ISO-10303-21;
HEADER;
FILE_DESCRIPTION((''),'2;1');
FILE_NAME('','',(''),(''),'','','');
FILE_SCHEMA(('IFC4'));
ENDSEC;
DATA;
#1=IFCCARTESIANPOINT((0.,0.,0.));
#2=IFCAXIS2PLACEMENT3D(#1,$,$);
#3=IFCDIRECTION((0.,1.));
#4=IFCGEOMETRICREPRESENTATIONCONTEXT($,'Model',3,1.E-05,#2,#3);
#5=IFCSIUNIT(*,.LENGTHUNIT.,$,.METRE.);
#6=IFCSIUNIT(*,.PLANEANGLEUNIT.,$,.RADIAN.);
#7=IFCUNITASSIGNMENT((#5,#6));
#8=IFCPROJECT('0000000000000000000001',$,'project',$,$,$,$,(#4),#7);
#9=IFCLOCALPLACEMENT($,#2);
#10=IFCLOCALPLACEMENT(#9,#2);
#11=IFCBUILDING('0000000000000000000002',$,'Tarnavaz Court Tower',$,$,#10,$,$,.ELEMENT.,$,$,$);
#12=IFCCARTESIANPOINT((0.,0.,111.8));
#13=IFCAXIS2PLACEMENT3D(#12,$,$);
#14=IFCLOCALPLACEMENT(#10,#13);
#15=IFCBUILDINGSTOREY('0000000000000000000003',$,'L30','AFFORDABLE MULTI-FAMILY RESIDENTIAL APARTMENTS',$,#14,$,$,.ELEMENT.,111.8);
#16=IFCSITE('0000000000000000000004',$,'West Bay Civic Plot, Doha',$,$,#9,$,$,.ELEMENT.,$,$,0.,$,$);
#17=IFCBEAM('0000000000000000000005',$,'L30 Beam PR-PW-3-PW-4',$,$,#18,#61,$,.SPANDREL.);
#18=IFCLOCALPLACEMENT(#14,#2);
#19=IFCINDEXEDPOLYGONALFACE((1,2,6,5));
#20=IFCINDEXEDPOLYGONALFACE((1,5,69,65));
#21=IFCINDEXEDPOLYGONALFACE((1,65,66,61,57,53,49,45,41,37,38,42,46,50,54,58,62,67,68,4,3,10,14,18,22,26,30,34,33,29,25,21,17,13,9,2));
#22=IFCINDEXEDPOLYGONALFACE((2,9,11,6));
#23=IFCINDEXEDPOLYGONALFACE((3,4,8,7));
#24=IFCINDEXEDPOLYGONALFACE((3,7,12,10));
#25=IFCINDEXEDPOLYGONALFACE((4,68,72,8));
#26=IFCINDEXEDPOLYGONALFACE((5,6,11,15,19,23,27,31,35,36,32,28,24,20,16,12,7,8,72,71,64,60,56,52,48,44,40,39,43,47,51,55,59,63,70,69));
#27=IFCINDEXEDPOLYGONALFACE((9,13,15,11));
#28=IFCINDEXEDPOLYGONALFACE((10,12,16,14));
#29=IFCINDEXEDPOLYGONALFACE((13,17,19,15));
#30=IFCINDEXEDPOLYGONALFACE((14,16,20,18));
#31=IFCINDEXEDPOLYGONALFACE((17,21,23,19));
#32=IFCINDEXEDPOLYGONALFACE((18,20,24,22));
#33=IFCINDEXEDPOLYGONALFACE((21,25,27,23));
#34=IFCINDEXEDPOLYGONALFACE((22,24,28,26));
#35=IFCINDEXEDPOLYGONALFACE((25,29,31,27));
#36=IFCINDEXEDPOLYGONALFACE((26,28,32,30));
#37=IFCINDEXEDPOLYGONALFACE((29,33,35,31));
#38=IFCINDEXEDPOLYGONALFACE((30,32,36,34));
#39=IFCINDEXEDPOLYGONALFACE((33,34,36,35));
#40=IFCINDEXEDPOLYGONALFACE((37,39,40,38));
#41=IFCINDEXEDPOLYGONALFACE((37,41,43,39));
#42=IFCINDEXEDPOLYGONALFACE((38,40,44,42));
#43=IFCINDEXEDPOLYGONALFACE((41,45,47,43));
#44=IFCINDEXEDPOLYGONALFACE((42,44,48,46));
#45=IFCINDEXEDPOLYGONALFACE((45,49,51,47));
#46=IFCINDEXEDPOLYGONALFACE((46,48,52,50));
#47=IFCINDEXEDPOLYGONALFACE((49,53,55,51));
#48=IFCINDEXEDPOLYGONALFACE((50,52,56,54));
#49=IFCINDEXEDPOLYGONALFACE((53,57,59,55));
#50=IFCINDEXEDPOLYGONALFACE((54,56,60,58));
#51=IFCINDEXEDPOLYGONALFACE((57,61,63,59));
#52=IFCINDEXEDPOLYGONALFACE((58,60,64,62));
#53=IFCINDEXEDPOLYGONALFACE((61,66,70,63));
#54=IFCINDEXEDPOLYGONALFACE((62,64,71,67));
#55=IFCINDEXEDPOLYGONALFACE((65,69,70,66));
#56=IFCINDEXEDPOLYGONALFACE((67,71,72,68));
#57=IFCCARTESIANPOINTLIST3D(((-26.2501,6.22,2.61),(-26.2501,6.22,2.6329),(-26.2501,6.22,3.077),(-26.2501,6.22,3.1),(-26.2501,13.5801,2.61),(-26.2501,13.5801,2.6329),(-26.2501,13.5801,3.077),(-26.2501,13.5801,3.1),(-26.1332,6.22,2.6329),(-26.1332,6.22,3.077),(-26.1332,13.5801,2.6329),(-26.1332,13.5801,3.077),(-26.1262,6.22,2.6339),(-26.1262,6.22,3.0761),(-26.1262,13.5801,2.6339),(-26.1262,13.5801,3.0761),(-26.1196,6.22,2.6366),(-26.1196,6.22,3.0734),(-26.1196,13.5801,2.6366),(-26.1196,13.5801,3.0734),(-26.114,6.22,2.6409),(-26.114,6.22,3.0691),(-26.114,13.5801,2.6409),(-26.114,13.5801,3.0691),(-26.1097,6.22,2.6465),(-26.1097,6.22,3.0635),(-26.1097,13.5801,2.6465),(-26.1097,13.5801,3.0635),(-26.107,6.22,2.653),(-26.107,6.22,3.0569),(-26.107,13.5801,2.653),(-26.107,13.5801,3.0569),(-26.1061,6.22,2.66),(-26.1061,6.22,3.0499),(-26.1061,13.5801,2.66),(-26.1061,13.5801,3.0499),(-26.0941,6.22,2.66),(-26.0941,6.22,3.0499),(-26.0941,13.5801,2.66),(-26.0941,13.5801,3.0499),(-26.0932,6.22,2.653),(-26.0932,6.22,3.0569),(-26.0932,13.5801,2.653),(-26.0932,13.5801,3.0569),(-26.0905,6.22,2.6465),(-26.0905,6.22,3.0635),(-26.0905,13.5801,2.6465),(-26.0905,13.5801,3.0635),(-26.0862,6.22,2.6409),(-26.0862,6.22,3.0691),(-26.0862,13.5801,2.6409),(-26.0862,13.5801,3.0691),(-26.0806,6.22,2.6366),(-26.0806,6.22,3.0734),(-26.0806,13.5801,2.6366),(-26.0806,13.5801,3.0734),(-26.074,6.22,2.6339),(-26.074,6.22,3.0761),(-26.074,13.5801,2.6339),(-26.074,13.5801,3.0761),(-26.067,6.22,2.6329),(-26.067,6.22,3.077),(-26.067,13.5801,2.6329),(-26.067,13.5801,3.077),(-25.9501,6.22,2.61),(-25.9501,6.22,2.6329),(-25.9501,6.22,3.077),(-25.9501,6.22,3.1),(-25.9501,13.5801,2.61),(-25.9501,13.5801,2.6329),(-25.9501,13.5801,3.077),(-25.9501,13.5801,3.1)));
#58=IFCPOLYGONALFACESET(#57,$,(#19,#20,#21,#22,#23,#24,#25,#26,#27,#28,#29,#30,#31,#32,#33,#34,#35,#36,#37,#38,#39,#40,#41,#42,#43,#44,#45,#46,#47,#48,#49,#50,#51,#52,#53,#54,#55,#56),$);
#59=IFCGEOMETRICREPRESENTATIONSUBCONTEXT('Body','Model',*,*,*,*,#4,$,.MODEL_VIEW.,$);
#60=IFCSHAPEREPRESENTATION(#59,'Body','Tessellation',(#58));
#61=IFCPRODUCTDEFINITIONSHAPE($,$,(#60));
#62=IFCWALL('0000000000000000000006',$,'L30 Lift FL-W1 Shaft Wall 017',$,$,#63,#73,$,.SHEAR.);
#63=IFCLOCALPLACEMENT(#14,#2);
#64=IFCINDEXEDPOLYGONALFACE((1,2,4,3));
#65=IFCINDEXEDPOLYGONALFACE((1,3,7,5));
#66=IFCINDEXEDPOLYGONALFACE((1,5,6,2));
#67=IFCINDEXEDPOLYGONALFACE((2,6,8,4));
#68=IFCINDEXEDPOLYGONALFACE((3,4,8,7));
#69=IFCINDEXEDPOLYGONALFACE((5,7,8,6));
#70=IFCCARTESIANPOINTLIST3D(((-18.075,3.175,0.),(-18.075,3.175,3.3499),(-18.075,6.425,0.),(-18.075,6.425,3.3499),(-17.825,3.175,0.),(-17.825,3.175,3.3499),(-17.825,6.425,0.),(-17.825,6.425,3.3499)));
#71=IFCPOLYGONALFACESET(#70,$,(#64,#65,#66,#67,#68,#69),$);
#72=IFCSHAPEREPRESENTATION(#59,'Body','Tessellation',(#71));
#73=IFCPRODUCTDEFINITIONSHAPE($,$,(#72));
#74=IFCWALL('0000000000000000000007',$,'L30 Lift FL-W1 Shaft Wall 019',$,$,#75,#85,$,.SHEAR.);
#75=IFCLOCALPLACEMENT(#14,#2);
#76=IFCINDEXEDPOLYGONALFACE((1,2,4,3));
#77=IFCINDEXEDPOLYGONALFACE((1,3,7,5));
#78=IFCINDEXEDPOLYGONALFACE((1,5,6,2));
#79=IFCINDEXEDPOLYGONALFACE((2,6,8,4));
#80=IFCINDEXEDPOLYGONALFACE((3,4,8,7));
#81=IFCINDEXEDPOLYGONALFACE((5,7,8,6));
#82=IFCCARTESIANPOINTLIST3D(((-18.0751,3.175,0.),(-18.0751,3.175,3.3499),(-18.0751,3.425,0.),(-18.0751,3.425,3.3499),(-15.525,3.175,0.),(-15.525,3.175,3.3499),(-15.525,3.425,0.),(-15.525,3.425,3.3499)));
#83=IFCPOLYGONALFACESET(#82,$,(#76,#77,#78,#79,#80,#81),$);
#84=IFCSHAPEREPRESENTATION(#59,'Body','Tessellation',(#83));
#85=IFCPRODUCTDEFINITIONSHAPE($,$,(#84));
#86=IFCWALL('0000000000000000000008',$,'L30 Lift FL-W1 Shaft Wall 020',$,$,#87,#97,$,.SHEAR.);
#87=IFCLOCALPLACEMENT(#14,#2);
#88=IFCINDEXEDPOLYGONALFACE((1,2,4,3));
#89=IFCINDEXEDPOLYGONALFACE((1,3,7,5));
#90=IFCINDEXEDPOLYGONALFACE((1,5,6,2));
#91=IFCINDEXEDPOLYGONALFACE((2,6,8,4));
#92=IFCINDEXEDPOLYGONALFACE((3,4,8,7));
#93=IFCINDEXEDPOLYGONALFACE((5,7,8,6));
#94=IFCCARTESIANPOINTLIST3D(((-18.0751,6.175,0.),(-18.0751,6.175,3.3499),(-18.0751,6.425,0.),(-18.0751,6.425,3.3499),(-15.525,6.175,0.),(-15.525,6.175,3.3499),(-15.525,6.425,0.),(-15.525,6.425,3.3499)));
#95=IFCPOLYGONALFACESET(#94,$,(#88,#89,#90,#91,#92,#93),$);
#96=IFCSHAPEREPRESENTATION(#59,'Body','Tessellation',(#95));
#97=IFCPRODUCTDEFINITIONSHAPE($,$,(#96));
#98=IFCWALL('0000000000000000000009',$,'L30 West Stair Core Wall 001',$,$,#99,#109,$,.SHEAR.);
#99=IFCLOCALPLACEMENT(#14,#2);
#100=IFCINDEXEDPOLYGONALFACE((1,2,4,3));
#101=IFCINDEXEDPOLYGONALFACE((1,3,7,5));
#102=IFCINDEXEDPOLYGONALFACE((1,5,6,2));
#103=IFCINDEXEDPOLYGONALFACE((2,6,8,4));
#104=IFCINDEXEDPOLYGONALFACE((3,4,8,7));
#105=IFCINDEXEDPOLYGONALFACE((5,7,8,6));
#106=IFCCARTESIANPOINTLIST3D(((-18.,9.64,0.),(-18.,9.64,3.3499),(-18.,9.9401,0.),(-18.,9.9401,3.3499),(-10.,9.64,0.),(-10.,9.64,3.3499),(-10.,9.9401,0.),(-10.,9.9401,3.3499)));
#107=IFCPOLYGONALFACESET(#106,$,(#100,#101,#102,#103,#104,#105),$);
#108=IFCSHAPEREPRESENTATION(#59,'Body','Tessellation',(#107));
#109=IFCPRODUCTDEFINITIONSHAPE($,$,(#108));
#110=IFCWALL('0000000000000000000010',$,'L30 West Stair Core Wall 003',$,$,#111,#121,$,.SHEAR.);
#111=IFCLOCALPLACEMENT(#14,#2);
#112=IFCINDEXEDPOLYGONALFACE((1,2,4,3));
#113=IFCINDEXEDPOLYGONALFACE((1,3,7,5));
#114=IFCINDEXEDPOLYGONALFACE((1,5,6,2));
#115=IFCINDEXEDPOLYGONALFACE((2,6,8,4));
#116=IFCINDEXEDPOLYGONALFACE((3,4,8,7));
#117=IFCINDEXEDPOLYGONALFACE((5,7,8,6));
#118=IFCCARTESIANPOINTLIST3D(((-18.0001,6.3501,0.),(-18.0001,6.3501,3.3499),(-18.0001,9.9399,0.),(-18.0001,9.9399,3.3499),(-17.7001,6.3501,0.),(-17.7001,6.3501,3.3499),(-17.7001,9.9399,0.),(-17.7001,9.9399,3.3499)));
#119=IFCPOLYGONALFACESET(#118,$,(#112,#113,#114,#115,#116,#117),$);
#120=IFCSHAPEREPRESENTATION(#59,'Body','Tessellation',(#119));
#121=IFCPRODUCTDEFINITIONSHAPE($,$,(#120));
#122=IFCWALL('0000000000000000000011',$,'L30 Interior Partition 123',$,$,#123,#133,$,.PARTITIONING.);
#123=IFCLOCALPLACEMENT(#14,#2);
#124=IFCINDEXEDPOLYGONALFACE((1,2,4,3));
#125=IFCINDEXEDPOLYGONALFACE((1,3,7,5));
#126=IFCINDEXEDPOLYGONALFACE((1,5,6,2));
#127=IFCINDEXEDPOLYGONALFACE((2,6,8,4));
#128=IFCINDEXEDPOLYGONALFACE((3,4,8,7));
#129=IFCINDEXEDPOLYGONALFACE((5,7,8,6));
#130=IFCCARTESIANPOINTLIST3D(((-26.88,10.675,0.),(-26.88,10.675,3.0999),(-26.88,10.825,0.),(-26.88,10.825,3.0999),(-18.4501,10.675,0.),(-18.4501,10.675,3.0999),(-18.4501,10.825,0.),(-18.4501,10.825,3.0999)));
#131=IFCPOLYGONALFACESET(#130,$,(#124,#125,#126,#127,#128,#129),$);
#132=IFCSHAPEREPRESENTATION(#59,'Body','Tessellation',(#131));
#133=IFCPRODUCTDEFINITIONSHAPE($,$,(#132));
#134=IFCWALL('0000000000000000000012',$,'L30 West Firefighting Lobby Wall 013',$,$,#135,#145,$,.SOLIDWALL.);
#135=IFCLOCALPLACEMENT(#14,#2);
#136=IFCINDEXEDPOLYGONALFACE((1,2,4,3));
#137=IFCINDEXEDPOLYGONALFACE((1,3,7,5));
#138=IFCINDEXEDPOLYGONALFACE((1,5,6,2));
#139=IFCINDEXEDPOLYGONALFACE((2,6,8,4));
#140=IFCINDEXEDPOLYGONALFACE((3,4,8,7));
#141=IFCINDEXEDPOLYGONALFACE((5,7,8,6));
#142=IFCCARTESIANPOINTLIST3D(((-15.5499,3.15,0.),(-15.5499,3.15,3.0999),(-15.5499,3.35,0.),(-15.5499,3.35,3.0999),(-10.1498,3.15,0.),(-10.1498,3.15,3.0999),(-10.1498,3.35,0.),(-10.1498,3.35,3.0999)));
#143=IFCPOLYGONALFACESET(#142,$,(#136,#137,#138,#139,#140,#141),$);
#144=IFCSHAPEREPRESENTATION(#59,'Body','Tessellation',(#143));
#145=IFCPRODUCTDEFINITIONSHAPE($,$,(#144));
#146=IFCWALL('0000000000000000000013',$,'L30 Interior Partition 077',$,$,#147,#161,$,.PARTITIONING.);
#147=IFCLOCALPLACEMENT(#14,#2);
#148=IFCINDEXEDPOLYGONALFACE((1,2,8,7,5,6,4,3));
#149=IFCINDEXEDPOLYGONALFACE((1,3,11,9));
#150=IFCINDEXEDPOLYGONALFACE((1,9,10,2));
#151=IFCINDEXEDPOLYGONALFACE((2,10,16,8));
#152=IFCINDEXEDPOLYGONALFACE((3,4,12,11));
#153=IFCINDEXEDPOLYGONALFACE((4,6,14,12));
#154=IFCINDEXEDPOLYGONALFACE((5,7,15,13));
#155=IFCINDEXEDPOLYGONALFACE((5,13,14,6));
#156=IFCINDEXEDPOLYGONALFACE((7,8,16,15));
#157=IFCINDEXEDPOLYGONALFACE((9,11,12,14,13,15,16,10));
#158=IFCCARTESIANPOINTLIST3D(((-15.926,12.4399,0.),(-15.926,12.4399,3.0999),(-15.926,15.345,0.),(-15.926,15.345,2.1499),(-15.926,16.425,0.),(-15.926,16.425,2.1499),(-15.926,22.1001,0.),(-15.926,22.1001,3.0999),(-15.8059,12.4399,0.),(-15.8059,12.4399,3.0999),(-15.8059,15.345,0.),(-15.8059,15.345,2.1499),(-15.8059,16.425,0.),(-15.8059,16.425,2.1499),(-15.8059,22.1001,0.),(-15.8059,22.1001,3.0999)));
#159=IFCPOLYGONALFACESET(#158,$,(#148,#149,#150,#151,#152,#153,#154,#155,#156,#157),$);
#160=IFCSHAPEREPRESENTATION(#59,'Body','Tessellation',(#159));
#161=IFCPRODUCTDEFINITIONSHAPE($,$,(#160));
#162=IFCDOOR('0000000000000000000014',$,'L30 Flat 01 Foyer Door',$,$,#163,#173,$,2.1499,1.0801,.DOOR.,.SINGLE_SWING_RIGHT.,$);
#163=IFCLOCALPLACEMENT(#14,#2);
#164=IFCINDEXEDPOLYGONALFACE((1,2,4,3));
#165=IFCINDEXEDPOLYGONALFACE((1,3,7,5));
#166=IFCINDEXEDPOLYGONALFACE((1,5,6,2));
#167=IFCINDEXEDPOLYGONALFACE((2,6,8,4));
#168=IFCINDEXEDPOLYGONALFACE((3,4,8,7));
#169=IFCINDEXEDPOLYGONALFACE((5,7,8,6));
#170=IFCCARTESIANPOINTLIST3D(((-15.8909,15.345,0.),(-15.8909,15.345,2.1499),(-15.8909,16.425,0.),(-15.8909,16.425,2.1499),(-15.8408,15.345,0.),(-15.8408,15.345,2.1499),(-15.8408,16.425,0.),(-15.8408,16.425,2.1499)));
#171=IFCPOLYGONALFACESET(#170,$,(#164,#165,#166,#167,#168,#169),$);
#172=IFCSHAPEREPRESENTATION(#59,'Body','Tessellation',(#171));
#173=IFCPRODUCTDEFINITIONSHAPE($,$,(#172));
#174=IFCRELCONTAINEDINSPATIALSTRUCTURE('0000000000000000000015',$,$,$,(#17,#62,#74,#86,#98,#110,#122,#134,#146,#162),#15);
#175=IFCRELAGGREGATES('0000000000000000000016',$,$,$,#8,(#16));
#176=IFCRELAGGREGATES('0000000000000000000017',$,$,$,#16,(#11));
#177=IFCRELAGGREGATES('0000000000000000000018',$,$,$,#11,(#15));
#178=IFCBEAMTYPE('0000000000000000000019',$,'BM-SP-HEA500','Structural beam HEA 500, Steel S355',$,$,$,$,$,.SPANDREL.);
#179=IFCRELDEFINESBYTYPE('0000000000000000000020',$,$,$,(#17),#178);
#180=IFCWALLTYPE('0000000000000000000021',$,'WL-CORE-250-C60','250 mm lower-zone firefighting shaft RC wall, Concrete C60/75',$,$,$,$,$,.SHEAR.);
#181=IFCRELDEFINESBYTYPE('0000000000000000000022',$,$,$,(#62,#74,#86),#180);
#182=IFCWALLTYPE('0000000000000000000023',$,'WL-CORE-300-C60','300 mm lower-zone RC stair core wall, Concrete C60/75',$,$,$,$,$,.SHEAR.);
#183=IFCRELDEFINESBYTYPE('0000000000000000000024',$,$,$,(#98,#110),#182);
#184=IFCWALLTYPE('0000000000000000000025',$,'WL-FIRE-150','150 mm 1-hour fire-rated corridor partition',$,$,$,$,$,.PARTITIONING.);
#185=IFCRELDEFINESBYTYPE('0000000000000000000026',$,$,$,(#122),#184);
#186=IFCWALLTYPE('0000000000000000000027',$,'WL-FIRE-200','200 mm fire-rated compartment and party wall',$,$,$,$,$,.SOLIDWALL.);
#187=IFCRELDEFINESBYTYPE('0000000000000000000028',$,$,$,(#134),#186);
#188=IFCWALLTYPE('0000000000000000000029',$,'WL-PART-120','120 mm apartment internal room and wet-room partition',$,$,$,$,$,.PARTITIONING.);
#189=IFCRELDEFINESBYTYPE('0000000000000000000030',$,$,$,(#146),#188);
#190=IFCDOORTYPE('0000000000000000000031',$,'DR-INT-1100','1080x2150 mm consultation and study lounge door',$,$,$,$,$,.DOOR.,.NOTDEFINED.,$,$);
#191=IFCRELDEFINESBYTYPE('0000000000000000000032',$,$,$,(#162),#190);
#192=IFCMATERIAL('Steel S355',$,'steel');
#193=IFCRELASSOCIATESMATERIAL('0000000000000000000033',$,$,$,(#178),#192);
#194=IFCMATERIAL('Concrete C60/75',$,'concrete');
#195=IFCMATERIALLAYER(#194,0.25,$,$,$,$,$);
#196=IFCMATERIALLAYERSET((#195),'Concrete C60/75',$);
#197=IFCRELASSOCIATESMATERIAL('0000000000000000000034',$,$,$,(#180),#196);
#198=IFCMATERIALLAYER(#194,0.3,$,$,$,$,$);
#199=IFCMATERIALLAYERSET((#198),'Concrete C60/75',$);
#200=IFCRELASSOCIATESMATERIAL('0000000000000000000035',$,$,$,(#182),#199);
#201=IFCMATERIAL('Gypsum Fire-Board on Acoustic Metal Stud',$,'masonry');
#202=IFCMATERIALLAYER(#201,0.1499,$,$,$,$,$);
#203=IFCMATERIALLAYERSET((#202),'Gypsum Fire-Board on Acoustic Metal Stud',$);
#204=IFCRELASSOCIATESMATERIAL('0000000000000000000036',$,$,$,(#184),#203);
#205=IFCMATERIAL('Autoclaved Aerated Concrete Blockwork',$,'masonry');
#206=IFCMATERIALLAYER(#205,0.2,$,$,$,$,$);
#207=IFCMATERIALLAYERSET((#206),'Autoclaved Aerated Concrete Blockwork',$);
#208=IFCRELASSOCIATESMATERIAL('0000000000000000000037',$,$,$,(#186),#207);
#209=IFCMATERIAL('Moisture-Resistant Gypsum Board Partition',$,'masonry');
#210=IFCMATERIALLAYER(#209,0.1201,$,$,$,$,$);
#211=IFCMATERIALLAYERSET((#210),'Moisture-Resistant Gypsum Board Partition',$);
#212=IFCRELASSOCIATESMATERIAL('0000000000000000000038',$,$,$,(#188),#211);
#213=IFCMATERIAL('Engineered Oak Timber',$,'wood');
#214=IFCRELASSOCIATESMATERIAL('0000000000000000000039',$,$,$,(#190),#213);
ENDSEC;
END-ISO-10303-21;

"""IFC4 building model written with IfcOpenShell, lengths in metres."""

from ifc_helpers import new_model, si_unit, direction, frame, frame_2d, origin, origin_2d, place, context, subcontext, project, spatial, rectangle, i_section, extrude, material, layer, layer_set, material_profile, profile_set, type_object, element, fill, save


model = new_model("IFC4")

# Units and contexts
model_context = context("Model", 3, precision=1e-05, world=origin(), true_north=direction((0.0, 1.0)))
body_context = subcontext(model_context, "Body", "Model", "MODEL_VIEW")
ifc_project = project(units=[si_unit("LENGTHUNIT", "METRE"), si_unit("PLANEANGLEUNIT", "RADIAN")], contexts=[model_context])

# Site, building, storey
site_placement = place(None, origin())
site = spatial("IfcSite", under=ifc_project, at=site_placement, Name="West Bay Civic Plot, Doha", CompositionType="ELEMENT", RefElevation=0.0)
building_placement = place(site_placement, origin())
building = spatial("IfcBuilding", under=site, at=building_placement, Name="Tarnavaz Court Tower", CompositionType="ELEMENT")
storey_placement = place(building_placement, frame((0.0, 0.0, 111.8)))
storey = spatial("IfcBuildingStorey", under=building, at=storey_placement, Name="L30", Description="AFFORDABLE MULTI-FAMILY RESIDENTIAL APARTMENTS", CompositionType="ELEMENT", Elevation=111.8)

# Shared definitions
ifc_material_1 = material(Name="Concrete C60/75", Category="concrete")

# Beam
ifc_material_2 = material(Name="Steel S355", Category="steel")
ifc_material_profile_1 = material_profile(ifc_material_2, i_section(OverallWidth=0.3, OverallDepth=0.49, WebThickness=0.012, FlangeThickness=0.0229, FilletRadius=0.0271, at=origin_2d()), Name="HEA 500")
ifc_profile_set_1 = profile_set([ifc_material_profile_1], Name="Steel S355")
beam_type_1 = type_object("IfcBeamType", Name="BM-SP-HEA500", Description="Structural beam HEA 500, Steel S355", PredefinedType="SPANDREL", material=ifc_profile_set_1)
beam_1_placement = place(storey_placement, frame((-26.1001, 6.22, 2.855), z_axis=(0.0, 1.0, 0.0), x_axis=(-1.0, 0.0, 0.0)))
element("IfcBeam", 1, at=beam_1_placement, inside=storey, type_object=beam_type_1, Name="L30 Beam PR-PW-3-PW-4", PredefinedType="SPANDREL", context=body_context, shape_type="SweptSolid", body=[
    extrude(i_section(OverallWidth=0.3, OverallDepth=0.49, WebThickness=0.012, FlangeThickness=0.0229, FilletRadius=0.0271, at=origin_2d()), origin(), (0.0, 0.0, 1.0), 7.3601),
])

# Wall
ifc_layer_1 = layer(ifc_material_1, 0.25)
ifc_layer_set_1 = layer_set([ifc_layer_1], Name="Concrete C60/75")
wall_type_1 = type_object("IfcWallType", Name="WL-CORE-250-C60", Description="250 mm lower-zone firefighting shaft RC wall, Concrete C60/75", PredefinedType="SHEAR", material=ifc_layer_set_1)
wall_1_placement = place(storey_placement, frame((-17.95, 3.175, 0.0), z_axis=(0.0, 0.0, 1.0), x_axis=(0.0, 1.0, 0.0)))
element("IfcWall", 2, at=wall_1_placement, inside=storey, type_object=wall_type_1, Name="L30 Lift FL-W1 Shaft Wall 017", PredefinedType="SHEAR", context=body_context, shape_type="SweptSolid", body=[
    extrude(rectangle(XDim=3.25, YDim=0.25, at=frame_2d((1.625, 0.0))), origin(), (0.0, 0.0, 1.0), 3.3499),
])

# Walls
for number, where, z_axis, x_axis, name in (
    (3, (-18.075, 3.3, 0.0), (0.0, 0.0, 1.0), (1.0, 0.0, 0.0), "L30 Lift FL-W1 Shaft Wall 019"),
    (4, (-18.075, 6.3, 0.0), (0.0, 0.0, 1.0), (1.0, 0.0, 0.0), "L30 Lift FL-W1 Shaft Wall 020"),
):
    element("IfcWall", number, at=place(storey_placement, frame(where, z_axis=z_axis, x_axis=x_axis)), inside=storey, type_object=wall_type_1, Name=name, PredefinedType="SHEAR", context=body_context, shape_type="SweptSolid", body=[
        extrude(rectangle(XDim=2.55, YDim=0.25, at=frame_2d((1.2749, 0.0))), origin(), (0.0, 0.0, 1.0), 3.3499),
    ])
ifc_layer_2 = layer(ifc_material_1, 0.3)
ifc_layer_set_2 = layer_set([ifc_layer_2], Name="Concrete C60/75")
wall_type_2 = type_object("IfcWallType", Name="WL-CORE-300-C60", Description="300 mm lower-zone RC stair core wall, Concrete C60/75", PredefinedType="SHEAR", material=ifc_layer_set_2)
wall_2_placement = place(storey_placement, frame((-18.0, 9.79, 0.0), z_axis=(0.0, 0.0, 1.0), x_axis=(1.0, 0.0, 0.0)))
element("IfcWall", 5, at=wall_2_placement, inside=storey, type_object=wall_type_2, Name="L30 West Stair Core Wall 001", PredefinedType="SHEAR", context=body_context, shape_type="SweptSolid", body=[
    extrude(rectangle(XDim=8.0, YDim=0.3, at=frame_2d((4.0, 0.0))), origin(), (0.0, 0.0, 1.0), 3.3499),
])

# Walls
wall_3_placement = place(storey_placement, frame((-17.8501, 6.3501, 0.0), z_axis=(0.0, 0.0, 1.0), x_axis=(0.0, 1.0, 0.0)))
element("IfcWall", 6, at=wall_3_placement, inside=storey, type_object=wall_type_2, Name="L30 West Stair Core Wall 003", PredefinedType="SHEAR", context=body_context, shape_type="SweptSolid", body=[
    extrude(rectangle(XDim=3.5898, YDim=0.3, at=frame_2d((1.7949, 0.0))), origin(), (0.0, 0.0, 1.0), 3.3499),
])
ifc_material_3 = material(Name="Gypsum Fire-Board on Acoustic Metal Stud", Category="masonry")
ifc_layer_3 = layer(ifc_material_3, 0.1499)
ifc_layer_set_3 = layer_set([ifc_layer_3], Name="Gypsum Fire-Board on Acoustic Metal Stud")
wall_type_3 = type_object("IfcWallType", Name="WL-FIRE-150", Description="150 mm 1-hour fire-rated corridor partition", PredefinedType="PARTITIONING", material=ifc_layer_set_3)
wall_4_placement = place(storey_placement, frame((-26.8799, 10.75, 0.0), z_axis=(0.0, 0.0, 1.0), x_axis=(1.0, 0.0, 0.0)))
element("IfcWall", 7, at=wall_4_placement, inside=storey, type_object=wall_type_3, Name="L30 Interior Partition 123", PredefinedType="PARTITIONING", context=body_context, shape_type="SweptSolid", body=[
    extrude(rectangle(XDim=8.4299, YDim=0.1499, at=frame_2d((4.2148, 0.0))), origin(), (0.0, 0.0, 1.0), 3.0999),
])
ifc_material_4 = material(Name="Autoclaved Aerated Concrete Blockwork", Category="masonry")
ifc_layer_4 = layer(ifc_material_4, 0.2)
ifc_layer_set_4 = layer_set([ifc_layer_4], Name="Autoclaved Aerated Concrete Blockwork")
wall_type_4 = type_object("IfcWallType", Name="WL-FIRE-200", Description="200 mm fire-rated compartment and party wall", PredefinedType="SOLIDWALL", material=ifc_layer_set_4)
wall_5_placement = place(storey_placement, frame((-15.55, 3.25, 0.0), z_axis=(0.0, 0.0, 1.0), x_axis=(1.0, 0.0, 0.0)))
element("IfcWall", 8, at=wall_5_placement, inside=storey, type_object=wall_type_4, Name="L30 West Firefighting Lobby Wall 013", PredefinedType="SOLIDWALL", context=body_context, shape_type="SweptSolid", body=[
    extrude(rectangle(XDim=5.4001, YDim=0.2, at=frame_2d((2.7002, 0.0))), origin(), (0.0, 0.0, 1.0), 3.0999),
])

# Wall, opening, door
ifc_material_5 = material(Name="Moisture-Resistant Gypsum Board Partition", Category="masonry")
ifc_layer_5 = layer(ifc_material_5, 0.1201)
ifc_layer_set_5 = layer_set([ifc_layer_5], Name="Moisture-Resistant Gypsum Board Partition")
wall_type_5 = type_object("IfcWallType", Name="WL-PART-120", Description="120 mm apartment internal room and wet-room partition", PredefinedType="PARTITIONING", material=ifc_layer_set_5)
wall_6_placement = place(storey_placement, frame((-15.866, 12.4399, 0.0), z_axis=(0.0, 0.0, 1.0), x_axis=(0.0, 1.0, 0.0)))
wall_6 = element("IfcWall", 9, at=wall_6_placement, inside=storey, type_object=wall_type_5, Name="L30 Interior Partition 077", PredefinedType="PARTITIONING", context=body_context, shape_type="SweptSolid", body=[
    extrude(rectangle(XDim=9.6602, YDim=0.1201, at=frame_2d((4.8301, 0.0))), origin(), (0.0, 0.0, 1.0), 3.0999),
])
opening_1_placement = place(wall_6_placement, frame((2.905, 0.0, 0.0)))
opening_1 = element("IfcOpeningElement", 10, at=opening_1_placement, cuts=wall_6, PredefinedType="OPENING", context=body_context, shape_type="SweptSolid", body=[
    extrude(rectangle(XDim=1.0801, YDim=2.1499, at=frame_2d((0.54, 1.075))), frame((0.0, 0.0701, 0.0), z_axis=(0.0, -1.0, 0.0), x_axis=(1.0, 0.0, 0.0)), (0.0, 0.0, 1.0), 0.1401),
])
ifc_material_6 = material(Name="Engineered Oak Timber", Category="wood")
door_type_1 = type_object("IfcDoorType", Name="DR-INT-1100", Description="1080x2150 mm consultation and study lounge door", OperationType="NOTDEFINED", PredefinedType="DOOR", material=ifc_material_6)
door_1_placement = place(opening_1_placement, origin())
door_1 = element("IfcDoor", 11, at=door_1_placement, inside=storey, type_object=door_type_1, Name="L30 Flat 01 Foyer Door", OperationType="SINGLE_SWING_RIGHT", OverallHeight=2.1499, OverallWidth=1.0801, PredefinedType="DOOR", context=body_context, shape_type="SweptSolid", body=[
    extrude(rectangle(XDim=1.0801, YDim=2.1499, at=frame_2d((0.54, 1.075))), frame((0.0, 0.0249, 0.0), z_axis=(0.0, -1.0, 0.0), x_axis=(1.0, 0.0, 0.0)), (0.0, 0.0, 1.0), 0.05),
])
fill(opening_1, door_1)

save(model, "model.ifc")
